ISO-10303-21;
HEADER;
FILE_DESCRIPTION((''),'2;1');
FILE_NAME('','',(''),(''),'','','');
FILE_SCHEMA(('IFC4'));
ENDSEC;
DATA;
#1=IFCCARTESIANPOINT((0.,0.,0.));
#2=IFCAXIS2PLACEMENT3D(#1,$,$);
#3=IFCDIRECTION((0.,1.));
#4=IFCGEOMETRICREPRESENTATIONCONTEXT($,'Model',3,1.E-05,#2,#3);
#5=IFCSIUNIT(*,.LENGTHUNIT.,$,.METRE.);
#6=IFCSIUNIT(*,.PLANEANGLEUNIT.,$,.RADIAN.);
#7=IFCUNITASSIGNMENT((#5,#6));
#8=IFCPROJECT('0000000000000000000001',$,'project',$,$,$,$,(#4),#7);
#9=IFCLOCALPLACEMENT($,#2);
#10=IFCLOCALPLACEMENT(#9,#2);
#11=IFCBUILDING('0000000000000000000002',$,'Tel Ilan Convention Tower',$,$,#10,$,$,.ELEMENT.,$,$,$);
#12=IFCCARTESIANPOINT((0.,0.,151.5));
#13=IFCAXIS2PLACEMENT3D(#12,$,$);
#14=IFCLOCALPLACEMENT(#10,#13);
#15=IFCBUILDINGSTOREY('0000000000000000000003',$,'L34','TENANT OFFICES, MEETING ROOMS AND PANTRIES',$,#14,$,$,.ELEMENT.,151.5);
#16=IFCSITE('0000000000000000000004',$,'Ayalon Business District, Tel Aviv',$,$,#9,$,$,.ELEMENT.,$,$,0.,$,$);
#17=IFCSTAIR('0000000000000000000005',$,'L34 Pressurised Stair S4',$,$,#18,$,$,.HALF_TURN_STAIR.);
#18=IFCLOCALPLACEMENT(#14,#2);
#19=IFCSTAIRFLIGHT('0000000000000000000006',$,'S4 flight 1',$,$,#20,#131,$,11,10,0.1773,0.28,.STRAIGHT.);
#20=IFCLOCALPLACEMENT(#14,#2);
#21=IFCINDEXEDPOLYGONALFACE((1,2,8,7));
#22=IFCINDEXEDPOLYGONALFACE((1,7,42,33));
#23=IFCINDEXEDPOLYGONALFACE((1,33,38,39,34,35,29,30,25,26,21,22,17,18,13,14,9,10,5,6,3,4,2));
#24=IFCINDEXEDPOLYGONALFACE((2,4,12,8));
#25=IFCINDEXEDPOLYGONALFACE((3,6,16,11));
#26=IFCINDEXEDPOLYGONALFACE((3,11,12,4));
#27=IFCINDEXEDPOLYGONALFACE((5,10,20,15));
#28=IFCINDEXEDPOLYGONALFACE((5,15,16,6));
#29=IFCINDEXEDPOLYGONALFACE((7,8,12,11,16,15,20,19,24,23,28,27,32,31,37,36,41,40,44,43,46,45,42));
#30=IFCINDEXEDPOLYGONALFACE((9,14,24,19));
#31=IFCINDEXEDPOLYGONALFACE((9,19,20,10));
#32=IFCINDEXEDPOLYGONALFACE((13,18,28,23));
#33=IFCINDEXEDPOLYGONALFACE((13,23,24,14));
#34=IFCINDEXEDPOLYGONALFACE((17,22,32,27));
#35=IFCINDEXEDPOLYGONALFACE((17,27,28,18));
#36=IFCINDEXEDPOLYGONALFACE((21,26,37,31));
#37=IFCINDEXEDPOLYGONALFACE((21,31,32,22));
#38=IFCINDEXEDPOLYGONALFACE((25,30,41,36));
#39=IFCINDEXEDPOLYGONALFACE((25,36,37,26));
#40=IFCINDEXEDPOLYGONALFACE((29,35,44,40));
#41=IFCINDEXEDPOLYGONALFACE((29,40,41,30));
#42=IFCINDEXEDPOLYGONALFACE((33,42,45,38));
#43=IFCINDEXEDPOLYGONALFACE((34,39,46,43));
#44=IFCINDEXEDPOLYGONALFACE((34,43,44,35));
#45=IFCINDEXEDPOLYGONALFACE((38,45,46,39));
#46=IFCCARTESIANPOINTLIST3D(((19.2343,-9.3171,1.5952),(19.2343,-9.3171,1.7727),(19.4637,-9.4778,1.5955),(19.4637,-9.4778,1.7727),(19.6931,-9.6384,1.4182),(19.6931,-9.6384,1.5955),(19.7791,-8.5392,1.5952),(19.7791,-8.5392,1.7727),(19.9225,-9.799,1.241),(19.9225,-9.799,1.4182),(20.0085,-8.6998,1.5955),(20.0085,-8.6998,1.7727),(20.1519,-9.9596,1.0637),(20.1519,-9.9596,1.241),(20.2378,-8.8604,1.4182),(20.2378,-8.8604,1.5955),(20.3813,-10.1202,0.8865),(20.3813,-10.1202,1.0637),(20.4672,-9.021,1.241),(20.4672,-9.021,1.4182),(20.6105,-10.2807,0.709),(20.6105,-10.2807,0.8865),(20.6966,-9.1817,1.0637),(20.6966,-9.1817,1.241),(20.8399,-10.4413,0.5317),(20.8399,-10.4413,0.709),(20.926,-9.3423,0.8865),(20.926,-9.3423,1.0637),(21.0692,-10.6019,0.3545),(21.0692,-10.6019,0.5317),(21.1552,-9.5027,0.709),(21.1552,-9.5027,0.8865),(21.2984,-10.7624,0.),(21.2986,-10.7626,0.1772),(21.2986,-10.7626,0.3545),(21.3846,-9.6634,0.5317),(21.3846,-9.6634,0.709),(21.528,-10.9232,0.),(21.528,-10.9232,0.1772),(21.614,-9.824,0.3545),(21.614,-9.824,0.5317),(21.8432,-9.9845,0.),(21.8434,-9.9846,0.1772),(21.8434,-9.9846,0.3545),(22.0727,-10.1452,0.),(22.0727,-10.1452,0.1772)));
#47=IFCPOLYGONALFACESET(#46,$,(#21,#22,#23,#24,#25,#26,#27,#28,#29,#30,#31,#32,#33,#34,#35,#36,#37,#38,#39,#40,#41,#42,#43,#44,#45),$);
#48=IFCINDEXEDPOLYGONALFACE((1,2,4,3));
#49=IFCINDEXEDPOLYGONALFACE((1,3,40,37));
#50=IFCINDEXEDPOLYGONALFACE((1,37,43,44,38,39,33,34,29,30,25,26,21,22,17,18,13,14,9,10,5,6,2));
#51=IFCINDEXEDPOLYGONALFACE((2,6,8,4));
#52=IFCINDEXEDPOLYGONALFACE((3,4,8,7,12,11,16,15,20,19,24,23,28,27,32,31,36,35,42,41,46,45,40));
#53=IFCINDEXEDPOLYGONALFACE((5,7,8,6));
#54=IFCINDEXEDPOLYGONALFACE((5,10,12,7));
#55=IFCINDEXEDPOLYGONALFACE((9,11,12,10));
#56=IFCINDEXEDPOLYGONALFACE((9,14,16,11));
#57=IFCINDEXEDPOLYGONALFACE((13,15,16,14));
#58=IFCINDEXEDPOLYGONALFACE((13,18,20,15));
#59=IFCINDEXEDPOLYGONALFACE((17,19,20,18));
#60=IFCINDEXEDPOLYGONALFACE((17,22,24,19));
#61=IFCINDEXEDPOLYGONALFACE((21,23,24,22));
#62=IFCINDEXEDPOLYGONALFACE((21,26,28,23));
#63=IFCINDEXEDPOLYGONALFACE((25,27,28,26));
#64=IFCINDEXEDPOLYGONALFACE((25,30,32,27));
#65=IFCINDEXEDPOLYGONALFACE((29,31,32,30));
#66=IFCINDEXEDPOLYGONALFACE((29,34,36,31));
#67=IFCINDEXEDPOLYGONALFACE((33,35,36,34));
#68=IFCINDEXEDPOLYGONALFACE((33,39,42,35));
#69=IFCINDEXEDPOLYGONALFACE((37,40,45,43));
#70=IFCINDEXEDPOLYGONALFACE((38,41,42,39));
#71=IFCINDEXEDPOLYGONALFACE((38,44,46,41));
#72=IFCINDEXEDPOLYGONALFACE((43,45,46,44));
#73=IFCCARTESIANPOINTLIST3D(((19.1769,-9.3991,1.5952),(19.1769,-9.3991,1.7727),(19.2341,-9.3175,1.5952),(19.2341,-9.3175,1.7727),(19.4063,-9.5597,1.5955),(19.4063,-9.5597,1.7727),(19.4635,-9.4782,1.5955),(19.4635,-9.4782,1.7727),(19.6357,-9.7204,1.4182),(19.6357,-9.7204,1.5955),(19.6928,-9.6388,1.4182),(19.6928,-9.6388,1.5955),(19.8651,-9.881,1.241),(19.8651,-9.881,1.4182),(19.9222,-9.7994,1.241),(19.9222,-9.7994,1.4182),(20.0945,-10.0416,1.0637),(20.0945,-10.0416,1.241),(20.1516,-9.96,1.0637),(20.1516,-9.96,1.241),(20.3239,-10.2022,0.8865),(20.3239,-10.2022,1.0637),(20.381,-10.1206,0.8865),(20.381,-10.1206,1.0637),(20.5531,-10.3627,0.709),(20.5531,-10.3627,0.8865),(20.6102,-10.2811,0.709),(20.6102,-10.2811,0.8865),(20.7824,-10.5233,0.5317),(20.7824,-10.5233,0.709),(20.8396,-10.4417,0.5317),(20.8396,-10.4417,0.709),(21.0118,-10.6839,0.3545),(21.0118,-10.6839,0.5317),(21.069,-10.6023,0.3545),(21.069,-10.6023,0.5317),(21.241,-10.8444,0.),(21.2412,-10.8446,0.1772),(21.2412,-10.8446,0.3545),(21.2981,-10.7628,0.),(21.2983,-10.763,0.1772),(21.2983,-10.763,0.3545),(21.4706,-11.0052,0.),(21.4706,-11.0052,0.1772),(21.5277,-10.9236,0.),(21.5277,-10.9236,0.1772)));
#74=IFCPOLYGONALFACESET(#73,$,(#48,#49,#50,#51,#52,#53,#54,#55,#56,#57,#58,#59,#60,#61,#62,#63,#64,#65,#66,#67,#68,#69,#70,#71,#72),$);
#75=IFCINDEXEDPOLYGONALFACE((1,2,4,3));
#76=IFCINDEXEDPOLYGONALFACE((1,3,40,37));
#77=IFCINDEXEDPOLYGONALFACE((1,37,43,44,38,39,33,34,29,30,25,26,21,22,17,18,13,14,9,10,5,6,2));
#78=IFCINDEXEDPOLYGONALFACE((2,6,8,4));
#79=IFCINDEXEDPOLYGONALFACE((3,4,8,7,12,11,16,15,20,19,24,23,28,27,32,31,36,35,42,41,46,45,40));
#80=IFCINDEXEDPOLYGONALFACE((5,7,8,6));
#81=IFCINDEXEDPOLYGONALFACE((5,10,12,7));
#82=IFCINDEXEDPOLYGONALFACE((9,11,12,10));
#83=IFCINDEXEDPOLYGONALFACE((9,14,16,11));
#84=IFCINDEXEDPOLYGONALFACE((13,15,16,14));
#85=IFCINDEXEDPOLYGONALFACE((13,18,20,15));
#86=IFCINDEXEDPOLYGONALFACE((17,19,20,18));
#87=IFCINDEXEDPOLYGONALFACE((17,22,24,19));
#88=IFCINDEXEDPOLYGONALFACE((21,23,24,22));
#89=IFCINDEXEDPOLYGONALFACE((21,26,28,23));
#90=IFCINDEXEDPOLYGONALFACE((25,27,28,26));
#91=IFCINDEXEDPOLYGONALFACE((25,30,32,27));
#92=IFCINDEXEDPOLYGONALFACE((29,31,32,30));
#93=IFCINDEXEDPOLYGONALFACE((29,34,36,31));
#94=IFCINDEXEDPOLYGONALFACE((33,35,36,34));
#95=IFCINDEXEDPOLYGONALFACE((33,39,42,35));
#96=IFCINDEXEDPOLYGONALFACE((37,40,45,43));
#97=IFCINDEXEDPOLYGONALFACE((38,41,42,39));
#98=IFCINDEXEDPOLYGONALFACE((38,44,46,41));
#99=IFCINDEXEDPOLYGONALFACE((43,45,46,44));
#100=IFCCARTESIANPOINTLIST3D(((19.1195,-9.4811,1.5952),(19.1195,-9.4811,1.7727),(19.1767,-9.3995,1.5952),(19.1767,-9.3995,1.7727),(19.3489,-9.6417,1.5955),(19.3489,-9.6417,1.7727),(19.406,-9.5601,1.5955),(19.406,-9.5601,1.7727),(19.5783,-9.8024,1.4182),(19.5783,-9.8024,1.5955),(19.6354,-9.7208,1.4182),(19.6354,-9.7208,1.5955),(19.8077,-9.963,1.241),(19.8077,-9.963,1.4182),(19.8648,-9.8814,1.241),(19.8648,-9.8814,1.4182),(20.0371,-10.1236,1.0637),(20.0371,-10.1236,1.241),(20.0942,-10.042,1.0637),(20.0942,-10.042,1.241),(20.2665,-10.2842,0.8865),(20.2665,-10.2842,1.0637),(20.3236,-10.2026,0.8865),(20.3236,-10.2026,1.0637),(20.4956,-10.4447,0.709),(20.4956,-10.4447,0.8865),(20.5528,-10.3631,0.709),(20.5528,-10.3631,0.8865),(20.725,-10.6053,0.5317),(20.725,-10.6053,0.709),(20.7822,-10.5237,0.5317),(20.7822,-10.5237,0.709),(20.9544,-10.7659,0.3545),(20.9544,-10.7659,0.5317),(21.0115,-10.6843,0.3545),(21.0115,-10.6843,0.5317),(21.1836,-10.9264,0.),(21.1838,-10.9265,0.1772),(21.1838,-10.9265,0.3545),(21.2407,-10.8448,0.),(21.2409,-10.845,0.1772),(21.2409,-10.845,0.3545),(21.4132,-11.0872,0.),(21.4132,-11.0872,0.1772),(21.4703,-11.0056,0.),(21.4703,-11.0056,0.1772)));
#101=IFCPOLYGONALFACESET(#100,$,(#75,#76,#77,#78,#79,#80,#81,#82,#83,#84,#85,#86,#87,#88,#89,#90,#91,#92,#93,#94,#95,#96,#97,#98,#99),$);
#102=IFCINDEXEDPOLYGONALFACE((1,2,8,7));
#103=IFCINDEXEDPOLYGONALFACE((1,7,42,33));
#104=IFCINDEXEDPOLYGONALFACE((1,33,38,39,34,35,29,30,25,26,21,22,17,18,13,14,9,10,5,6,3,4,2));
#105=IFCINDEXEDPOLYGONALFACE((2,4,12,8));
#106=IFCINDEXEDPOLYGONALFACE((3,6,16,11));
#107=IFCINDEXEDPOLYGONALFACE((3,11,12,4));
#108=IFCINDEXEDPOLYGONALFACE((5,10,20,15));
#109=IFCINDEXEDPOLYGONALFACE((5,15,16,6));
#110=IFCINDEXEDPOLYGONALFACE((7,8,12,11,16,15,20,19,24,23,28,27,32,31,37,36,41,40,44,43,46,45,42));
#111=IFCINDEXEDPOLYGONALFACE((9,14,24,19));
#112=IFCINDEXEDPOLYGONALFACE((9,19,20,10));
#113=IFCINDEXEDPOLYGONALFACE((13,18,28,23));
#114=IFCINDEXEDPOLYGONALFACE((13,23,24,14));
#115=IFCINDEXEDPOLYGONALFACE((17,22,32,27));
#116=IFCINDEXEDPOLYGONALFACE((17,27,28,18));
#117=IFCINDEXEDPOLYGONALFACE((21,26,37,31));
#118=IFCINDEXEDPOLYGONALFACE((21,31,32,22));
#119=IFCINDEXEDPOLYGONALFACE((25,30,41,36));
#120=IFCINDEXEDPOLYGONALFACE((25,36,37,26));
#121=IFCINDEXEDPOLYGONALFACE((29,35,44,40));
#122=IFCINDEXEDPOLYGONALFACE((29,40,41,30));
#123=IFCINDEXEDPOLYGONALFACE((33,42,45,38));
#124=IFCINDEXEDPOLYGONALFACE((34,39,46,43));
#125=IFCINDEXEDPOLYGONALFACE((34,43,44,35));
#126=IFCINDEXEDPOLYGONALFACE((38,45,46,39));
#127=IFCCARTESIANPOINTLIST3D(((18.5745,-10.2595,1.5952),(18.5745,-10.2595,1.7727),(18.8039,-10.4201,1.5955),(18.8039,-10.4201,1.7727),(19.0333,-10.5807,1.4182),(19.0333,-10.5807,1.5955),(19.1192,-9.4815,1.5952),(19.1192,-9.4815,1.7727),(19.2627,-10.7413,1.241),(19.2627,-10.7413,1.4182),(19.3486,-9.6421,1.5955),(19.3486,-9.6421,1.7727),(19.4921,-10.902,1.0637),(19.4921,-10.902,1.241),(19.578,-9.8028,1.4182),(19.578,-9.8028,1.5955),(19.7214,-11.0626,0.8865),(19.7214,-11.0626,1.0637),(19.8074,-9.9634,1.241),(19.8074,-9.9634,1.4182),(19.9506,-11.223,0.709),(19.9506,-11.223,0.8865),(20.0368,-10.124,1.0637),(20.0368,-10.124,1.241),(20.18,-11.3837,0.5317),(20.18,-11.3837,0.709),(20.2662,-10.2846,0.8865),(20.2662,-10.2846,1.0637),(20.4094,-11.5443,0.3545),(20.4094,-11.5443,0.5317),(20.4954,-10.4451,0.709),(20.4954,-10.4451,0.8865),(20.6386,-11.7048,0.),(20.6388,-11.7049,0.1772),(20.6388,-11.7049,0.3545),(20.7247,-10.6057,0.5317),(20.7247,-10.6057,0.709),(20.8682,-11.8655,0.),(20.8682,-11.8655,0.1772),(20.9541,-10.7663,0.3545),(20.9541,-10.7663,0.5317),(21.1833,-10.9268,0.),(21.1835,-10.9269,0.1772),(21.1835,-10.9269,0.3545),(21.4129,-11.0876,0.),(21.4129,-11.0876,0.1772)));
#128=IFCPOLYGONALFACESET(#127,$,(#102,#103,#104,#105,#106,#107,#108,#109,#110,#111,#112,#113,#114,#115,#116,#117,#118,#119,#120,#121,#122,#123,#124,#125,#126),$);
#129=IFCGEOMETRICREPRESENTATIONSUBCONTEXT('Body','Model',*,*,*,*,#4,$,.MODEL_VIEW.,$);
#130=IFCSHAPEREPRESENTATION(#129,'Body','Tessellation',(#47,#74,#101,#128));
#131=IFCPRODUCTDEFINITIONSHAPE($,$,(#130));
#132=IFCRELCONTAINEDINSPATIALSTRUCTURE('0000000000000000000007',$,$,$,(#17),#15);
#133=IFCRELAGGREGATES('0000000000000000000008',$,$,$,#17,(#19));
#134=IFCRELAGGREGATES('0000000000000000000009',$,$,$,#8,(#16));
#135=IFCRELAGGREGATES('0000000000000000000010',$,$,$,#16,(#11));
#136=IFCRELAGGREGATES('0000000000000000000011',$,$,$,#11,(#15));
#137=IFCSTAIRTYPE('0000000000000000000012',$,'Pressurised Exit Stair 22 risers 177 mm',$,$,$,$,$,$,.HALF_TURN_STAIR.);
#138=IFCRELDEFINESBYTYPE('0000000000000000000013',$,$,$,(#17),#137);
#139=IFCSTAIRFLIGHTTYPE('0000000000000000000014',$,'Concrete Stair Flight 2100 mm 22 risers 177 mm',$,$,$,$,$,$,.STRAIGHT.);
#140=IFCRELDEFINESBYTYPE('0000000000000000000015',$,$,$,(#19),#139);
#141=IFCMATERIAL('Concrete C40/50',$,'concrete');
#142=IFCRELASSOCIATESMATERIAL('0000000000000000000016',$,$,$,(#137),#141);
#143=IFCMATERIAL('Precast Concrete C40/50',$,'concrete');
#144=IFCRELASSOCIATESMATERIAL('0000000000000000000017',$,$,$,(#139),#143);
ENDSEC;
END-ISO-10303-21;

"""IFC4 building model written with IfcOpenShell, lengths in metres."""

from ifc_helpers import new_model, si_unit, direction, frame, origin, place, context, subcontext, project, spatial, polyline, outline, extrude, material, type_object, element, aggregate, save


model = new_model("IFC4")

# Units and contexts
model_context = context("Model", 3, precision=1e-05, world=origin(), true_north=direction((0.0, 1.0)))
body_context = subcontext(model_context, "Body", "Model", "MODEL_VIEW")
ifc_project = project(units=[si_unit("LENGTHUNIT", "METRE"), si_unit("PLANEANGLEUNIT", "RADIAN")], contexts=[model_context])

# Site, building, storey
site_placement = place(None, origin())
site = spatial("IfcSite", under=ifc_project, at=site_placement, Name="Ayalon Business District, Tel Aviv", CompositionType="ELEMENT", RefElevation=0.0)
building_placement = place(site_placement, origin())
building = spatial("IfcBuilding", under=site, at=building_placement, Name="Tel Ilan Convention Tower", CompositionType="ELEMENT")
storey_placement = place(building_placement, frame((0.0, 0.0, 151.5)))
storey = spatial("IfcBuildingStorey", under=building, at=storey_placement, Name="L34", Description="TENANT OFFICES, MEETING ROOMS AND PANTRIES", CompositionType="ELEMENT", Elevation=151.5)

# Shared definitions
ifc_material_1 = material(Name="Concrete C40/50", Category="concrete")
stair_type = type_object("IfcStairType", Name="Pressurised Exit Stair 22 risers 177 mm", PredefinedType="HALF_TURN_STAIR", material=ifc_material_1)
ifc_material_2 = material(Name="Precast Concrete C40/50", Category="concrete")
stair_flight_type = type_object("IfcStairFlightType", Name="Concrete Stair Flight 2100 mm 22 risers 177 mm", PredefinedType="STRAIGHT", material=ifc_material_2)

# Stair, stair flight
stair_1_placement = place(storey_placement, origin())
stair_1 = element("IfcStair", 1, at=stair_1_placement, inside=storey, type_object=stair_type, Name="L34 Pressurised Stair S4", PredefinedType="HALF_TURN_STAIR")
stair_flight_1_placement = place(storey_placement, frame((21.4705, -11.0054, 0.0), z_axis=(0.0, 0.0, 1.0), x_axis=(-0.819152, 0.573576, 0.0)))
stair_flight_1 = element("IfcStairFlight", 2, at=stair_flight_1_placement, type_object=stair_flight_type, Name="S4 flight 1", NumberOfRisers=11, NumberOfTreads=10, PredefinedType="STRAIGHT", RiserHeight=0.1773, TreadLength=0.28, context=body_context, shape_type="SweptSolid", body=[
    extrude(outline(polyline([(0.0, 0.0), (0.0, 0.1772), (0.28, 0.1772), (0.28, 0.3545), (0.5601, 0.3545), (0.5601, 0.5317), (0.8401, 0.5317), (0.8401, 0.709), (1.1201, 0.709), (1.1201, 0.8865), (1.3999, 0.8865), (1.3999, 1.0637), (1.6799, 1.0637), (1.6799, 1.241), (1.96, 1.241), (1.96, 1.4182), (2.24, 1.4182), (2.24, 1.5955), (2.52, 1.5955), (2.52, 1.7727), (2.8, 1.7727), (2.8, 1.95), (2.8, 1.5952), (0.2803, 0.0), (0.0, 0.0)])), frame((0.0, -0.1003, 0.0), z_axis=(0.0, -1.0, 0.0), x_axis=(1.0, 0.0, 0.0)), (0.0, 0.0, 1.0), 0.9497),
    extrude(outline(polyline([(0.0, 0.0), (0.0, 0.1772), (0.28, 0.1772), (0.28, 0.3545), (0.5601, 0.3545), (0.5601, 0.5317), (0.8401, 0.5317), (0.8401, 0.709), (1.1201, 0.709), (1.1201, 0.8865), (1.3999, 0.8865), (1.3999, 1.0637), (1.6799, 1.0637), (1.6799, 1.241), (1.96, 1.241), (1.96, 1.4182), (2.24, 1.4182), (2.24, 1.5955), (2.52, 1.5955), (2.52, 1.7727), (2.8, 1.7727), (2.8, 1.95), (2.8, 1.5952), (0.2803, 0.0), (0.0, 0.0)])), frame((0.0, -0.0002, 0.0), z_axis=(0.0, -1.0, 0.0), x_axis=(1.0, 0.0, 0.0)), (0.0, 0.0, 1.0), 0.0996),
    extrude(outline(polyline([(0.0, 0.0), (0.0, 0.1772), (0.28, 0.1772), (0.28, 0.3545), (0.5601, 0.3545), (0.5601, 0.5317), (0.8401, 0.5317), (0.8401, 0.709), (1.1201, 0.709), (1.1201, 0.8865), (1.3999, 0.8865), (1.3999, 1.0637), (1.6799, 1.0637), (1.6799, 1.241), (1.96, 1.241), (1.96, 1.4182), (2.24, 1.4182), (2.24, 1.5955), (2.52, 1.5955), (2.52, 1.7727), (2.8, 1.7727), (2.8, 1.95), (2.8, 1.5952), (0.2803, 0.0), (0.0, 0.0)])), frame((0.0, 0.0999, 0.0), z_axis=(0.0, -1.0, 0.0), x_axis=(1.0, 0.0, 0.0)), (0.0, 0.0, 1.0), 0.0996),
    extrude(outline(polyline([(0.0, 0.0), (0.0, 0.1772), (0.28, 0.1772), (0.28, 0.3545), (0.5601, 0.3545), (0.5601, 0.5317), (0.8401, 0.5317), (0.8401, 0.709), (1.1201, 0.709), (1.1201, 0.8865), (1.3999, 0.8865), (1.3999, 1.0637), (1.6799, 1.0637), (1.6799, 1.241), (1.96, 1.241), (1.96, 1.4182), (2.24, 1.4182), (2.24, 1.5955), (2.52, 1.5955), (2.52, 1.7727), (2.8, 1.7727), (2.8, 1.95), (2.8, 1.5952), (0.2803, 0.0), (0.0, 0.0)])), frame((0.0, 1.05, 0.0), z_axis=(0.0, -1.0, 0.0), x_axis=(1.0, 0.0, 0.0)), (0.0, 0.0, 1.0), 0.9497),
])
aggregate(stair_1, [stair_flight_1])

save(model, "model.ifc")
